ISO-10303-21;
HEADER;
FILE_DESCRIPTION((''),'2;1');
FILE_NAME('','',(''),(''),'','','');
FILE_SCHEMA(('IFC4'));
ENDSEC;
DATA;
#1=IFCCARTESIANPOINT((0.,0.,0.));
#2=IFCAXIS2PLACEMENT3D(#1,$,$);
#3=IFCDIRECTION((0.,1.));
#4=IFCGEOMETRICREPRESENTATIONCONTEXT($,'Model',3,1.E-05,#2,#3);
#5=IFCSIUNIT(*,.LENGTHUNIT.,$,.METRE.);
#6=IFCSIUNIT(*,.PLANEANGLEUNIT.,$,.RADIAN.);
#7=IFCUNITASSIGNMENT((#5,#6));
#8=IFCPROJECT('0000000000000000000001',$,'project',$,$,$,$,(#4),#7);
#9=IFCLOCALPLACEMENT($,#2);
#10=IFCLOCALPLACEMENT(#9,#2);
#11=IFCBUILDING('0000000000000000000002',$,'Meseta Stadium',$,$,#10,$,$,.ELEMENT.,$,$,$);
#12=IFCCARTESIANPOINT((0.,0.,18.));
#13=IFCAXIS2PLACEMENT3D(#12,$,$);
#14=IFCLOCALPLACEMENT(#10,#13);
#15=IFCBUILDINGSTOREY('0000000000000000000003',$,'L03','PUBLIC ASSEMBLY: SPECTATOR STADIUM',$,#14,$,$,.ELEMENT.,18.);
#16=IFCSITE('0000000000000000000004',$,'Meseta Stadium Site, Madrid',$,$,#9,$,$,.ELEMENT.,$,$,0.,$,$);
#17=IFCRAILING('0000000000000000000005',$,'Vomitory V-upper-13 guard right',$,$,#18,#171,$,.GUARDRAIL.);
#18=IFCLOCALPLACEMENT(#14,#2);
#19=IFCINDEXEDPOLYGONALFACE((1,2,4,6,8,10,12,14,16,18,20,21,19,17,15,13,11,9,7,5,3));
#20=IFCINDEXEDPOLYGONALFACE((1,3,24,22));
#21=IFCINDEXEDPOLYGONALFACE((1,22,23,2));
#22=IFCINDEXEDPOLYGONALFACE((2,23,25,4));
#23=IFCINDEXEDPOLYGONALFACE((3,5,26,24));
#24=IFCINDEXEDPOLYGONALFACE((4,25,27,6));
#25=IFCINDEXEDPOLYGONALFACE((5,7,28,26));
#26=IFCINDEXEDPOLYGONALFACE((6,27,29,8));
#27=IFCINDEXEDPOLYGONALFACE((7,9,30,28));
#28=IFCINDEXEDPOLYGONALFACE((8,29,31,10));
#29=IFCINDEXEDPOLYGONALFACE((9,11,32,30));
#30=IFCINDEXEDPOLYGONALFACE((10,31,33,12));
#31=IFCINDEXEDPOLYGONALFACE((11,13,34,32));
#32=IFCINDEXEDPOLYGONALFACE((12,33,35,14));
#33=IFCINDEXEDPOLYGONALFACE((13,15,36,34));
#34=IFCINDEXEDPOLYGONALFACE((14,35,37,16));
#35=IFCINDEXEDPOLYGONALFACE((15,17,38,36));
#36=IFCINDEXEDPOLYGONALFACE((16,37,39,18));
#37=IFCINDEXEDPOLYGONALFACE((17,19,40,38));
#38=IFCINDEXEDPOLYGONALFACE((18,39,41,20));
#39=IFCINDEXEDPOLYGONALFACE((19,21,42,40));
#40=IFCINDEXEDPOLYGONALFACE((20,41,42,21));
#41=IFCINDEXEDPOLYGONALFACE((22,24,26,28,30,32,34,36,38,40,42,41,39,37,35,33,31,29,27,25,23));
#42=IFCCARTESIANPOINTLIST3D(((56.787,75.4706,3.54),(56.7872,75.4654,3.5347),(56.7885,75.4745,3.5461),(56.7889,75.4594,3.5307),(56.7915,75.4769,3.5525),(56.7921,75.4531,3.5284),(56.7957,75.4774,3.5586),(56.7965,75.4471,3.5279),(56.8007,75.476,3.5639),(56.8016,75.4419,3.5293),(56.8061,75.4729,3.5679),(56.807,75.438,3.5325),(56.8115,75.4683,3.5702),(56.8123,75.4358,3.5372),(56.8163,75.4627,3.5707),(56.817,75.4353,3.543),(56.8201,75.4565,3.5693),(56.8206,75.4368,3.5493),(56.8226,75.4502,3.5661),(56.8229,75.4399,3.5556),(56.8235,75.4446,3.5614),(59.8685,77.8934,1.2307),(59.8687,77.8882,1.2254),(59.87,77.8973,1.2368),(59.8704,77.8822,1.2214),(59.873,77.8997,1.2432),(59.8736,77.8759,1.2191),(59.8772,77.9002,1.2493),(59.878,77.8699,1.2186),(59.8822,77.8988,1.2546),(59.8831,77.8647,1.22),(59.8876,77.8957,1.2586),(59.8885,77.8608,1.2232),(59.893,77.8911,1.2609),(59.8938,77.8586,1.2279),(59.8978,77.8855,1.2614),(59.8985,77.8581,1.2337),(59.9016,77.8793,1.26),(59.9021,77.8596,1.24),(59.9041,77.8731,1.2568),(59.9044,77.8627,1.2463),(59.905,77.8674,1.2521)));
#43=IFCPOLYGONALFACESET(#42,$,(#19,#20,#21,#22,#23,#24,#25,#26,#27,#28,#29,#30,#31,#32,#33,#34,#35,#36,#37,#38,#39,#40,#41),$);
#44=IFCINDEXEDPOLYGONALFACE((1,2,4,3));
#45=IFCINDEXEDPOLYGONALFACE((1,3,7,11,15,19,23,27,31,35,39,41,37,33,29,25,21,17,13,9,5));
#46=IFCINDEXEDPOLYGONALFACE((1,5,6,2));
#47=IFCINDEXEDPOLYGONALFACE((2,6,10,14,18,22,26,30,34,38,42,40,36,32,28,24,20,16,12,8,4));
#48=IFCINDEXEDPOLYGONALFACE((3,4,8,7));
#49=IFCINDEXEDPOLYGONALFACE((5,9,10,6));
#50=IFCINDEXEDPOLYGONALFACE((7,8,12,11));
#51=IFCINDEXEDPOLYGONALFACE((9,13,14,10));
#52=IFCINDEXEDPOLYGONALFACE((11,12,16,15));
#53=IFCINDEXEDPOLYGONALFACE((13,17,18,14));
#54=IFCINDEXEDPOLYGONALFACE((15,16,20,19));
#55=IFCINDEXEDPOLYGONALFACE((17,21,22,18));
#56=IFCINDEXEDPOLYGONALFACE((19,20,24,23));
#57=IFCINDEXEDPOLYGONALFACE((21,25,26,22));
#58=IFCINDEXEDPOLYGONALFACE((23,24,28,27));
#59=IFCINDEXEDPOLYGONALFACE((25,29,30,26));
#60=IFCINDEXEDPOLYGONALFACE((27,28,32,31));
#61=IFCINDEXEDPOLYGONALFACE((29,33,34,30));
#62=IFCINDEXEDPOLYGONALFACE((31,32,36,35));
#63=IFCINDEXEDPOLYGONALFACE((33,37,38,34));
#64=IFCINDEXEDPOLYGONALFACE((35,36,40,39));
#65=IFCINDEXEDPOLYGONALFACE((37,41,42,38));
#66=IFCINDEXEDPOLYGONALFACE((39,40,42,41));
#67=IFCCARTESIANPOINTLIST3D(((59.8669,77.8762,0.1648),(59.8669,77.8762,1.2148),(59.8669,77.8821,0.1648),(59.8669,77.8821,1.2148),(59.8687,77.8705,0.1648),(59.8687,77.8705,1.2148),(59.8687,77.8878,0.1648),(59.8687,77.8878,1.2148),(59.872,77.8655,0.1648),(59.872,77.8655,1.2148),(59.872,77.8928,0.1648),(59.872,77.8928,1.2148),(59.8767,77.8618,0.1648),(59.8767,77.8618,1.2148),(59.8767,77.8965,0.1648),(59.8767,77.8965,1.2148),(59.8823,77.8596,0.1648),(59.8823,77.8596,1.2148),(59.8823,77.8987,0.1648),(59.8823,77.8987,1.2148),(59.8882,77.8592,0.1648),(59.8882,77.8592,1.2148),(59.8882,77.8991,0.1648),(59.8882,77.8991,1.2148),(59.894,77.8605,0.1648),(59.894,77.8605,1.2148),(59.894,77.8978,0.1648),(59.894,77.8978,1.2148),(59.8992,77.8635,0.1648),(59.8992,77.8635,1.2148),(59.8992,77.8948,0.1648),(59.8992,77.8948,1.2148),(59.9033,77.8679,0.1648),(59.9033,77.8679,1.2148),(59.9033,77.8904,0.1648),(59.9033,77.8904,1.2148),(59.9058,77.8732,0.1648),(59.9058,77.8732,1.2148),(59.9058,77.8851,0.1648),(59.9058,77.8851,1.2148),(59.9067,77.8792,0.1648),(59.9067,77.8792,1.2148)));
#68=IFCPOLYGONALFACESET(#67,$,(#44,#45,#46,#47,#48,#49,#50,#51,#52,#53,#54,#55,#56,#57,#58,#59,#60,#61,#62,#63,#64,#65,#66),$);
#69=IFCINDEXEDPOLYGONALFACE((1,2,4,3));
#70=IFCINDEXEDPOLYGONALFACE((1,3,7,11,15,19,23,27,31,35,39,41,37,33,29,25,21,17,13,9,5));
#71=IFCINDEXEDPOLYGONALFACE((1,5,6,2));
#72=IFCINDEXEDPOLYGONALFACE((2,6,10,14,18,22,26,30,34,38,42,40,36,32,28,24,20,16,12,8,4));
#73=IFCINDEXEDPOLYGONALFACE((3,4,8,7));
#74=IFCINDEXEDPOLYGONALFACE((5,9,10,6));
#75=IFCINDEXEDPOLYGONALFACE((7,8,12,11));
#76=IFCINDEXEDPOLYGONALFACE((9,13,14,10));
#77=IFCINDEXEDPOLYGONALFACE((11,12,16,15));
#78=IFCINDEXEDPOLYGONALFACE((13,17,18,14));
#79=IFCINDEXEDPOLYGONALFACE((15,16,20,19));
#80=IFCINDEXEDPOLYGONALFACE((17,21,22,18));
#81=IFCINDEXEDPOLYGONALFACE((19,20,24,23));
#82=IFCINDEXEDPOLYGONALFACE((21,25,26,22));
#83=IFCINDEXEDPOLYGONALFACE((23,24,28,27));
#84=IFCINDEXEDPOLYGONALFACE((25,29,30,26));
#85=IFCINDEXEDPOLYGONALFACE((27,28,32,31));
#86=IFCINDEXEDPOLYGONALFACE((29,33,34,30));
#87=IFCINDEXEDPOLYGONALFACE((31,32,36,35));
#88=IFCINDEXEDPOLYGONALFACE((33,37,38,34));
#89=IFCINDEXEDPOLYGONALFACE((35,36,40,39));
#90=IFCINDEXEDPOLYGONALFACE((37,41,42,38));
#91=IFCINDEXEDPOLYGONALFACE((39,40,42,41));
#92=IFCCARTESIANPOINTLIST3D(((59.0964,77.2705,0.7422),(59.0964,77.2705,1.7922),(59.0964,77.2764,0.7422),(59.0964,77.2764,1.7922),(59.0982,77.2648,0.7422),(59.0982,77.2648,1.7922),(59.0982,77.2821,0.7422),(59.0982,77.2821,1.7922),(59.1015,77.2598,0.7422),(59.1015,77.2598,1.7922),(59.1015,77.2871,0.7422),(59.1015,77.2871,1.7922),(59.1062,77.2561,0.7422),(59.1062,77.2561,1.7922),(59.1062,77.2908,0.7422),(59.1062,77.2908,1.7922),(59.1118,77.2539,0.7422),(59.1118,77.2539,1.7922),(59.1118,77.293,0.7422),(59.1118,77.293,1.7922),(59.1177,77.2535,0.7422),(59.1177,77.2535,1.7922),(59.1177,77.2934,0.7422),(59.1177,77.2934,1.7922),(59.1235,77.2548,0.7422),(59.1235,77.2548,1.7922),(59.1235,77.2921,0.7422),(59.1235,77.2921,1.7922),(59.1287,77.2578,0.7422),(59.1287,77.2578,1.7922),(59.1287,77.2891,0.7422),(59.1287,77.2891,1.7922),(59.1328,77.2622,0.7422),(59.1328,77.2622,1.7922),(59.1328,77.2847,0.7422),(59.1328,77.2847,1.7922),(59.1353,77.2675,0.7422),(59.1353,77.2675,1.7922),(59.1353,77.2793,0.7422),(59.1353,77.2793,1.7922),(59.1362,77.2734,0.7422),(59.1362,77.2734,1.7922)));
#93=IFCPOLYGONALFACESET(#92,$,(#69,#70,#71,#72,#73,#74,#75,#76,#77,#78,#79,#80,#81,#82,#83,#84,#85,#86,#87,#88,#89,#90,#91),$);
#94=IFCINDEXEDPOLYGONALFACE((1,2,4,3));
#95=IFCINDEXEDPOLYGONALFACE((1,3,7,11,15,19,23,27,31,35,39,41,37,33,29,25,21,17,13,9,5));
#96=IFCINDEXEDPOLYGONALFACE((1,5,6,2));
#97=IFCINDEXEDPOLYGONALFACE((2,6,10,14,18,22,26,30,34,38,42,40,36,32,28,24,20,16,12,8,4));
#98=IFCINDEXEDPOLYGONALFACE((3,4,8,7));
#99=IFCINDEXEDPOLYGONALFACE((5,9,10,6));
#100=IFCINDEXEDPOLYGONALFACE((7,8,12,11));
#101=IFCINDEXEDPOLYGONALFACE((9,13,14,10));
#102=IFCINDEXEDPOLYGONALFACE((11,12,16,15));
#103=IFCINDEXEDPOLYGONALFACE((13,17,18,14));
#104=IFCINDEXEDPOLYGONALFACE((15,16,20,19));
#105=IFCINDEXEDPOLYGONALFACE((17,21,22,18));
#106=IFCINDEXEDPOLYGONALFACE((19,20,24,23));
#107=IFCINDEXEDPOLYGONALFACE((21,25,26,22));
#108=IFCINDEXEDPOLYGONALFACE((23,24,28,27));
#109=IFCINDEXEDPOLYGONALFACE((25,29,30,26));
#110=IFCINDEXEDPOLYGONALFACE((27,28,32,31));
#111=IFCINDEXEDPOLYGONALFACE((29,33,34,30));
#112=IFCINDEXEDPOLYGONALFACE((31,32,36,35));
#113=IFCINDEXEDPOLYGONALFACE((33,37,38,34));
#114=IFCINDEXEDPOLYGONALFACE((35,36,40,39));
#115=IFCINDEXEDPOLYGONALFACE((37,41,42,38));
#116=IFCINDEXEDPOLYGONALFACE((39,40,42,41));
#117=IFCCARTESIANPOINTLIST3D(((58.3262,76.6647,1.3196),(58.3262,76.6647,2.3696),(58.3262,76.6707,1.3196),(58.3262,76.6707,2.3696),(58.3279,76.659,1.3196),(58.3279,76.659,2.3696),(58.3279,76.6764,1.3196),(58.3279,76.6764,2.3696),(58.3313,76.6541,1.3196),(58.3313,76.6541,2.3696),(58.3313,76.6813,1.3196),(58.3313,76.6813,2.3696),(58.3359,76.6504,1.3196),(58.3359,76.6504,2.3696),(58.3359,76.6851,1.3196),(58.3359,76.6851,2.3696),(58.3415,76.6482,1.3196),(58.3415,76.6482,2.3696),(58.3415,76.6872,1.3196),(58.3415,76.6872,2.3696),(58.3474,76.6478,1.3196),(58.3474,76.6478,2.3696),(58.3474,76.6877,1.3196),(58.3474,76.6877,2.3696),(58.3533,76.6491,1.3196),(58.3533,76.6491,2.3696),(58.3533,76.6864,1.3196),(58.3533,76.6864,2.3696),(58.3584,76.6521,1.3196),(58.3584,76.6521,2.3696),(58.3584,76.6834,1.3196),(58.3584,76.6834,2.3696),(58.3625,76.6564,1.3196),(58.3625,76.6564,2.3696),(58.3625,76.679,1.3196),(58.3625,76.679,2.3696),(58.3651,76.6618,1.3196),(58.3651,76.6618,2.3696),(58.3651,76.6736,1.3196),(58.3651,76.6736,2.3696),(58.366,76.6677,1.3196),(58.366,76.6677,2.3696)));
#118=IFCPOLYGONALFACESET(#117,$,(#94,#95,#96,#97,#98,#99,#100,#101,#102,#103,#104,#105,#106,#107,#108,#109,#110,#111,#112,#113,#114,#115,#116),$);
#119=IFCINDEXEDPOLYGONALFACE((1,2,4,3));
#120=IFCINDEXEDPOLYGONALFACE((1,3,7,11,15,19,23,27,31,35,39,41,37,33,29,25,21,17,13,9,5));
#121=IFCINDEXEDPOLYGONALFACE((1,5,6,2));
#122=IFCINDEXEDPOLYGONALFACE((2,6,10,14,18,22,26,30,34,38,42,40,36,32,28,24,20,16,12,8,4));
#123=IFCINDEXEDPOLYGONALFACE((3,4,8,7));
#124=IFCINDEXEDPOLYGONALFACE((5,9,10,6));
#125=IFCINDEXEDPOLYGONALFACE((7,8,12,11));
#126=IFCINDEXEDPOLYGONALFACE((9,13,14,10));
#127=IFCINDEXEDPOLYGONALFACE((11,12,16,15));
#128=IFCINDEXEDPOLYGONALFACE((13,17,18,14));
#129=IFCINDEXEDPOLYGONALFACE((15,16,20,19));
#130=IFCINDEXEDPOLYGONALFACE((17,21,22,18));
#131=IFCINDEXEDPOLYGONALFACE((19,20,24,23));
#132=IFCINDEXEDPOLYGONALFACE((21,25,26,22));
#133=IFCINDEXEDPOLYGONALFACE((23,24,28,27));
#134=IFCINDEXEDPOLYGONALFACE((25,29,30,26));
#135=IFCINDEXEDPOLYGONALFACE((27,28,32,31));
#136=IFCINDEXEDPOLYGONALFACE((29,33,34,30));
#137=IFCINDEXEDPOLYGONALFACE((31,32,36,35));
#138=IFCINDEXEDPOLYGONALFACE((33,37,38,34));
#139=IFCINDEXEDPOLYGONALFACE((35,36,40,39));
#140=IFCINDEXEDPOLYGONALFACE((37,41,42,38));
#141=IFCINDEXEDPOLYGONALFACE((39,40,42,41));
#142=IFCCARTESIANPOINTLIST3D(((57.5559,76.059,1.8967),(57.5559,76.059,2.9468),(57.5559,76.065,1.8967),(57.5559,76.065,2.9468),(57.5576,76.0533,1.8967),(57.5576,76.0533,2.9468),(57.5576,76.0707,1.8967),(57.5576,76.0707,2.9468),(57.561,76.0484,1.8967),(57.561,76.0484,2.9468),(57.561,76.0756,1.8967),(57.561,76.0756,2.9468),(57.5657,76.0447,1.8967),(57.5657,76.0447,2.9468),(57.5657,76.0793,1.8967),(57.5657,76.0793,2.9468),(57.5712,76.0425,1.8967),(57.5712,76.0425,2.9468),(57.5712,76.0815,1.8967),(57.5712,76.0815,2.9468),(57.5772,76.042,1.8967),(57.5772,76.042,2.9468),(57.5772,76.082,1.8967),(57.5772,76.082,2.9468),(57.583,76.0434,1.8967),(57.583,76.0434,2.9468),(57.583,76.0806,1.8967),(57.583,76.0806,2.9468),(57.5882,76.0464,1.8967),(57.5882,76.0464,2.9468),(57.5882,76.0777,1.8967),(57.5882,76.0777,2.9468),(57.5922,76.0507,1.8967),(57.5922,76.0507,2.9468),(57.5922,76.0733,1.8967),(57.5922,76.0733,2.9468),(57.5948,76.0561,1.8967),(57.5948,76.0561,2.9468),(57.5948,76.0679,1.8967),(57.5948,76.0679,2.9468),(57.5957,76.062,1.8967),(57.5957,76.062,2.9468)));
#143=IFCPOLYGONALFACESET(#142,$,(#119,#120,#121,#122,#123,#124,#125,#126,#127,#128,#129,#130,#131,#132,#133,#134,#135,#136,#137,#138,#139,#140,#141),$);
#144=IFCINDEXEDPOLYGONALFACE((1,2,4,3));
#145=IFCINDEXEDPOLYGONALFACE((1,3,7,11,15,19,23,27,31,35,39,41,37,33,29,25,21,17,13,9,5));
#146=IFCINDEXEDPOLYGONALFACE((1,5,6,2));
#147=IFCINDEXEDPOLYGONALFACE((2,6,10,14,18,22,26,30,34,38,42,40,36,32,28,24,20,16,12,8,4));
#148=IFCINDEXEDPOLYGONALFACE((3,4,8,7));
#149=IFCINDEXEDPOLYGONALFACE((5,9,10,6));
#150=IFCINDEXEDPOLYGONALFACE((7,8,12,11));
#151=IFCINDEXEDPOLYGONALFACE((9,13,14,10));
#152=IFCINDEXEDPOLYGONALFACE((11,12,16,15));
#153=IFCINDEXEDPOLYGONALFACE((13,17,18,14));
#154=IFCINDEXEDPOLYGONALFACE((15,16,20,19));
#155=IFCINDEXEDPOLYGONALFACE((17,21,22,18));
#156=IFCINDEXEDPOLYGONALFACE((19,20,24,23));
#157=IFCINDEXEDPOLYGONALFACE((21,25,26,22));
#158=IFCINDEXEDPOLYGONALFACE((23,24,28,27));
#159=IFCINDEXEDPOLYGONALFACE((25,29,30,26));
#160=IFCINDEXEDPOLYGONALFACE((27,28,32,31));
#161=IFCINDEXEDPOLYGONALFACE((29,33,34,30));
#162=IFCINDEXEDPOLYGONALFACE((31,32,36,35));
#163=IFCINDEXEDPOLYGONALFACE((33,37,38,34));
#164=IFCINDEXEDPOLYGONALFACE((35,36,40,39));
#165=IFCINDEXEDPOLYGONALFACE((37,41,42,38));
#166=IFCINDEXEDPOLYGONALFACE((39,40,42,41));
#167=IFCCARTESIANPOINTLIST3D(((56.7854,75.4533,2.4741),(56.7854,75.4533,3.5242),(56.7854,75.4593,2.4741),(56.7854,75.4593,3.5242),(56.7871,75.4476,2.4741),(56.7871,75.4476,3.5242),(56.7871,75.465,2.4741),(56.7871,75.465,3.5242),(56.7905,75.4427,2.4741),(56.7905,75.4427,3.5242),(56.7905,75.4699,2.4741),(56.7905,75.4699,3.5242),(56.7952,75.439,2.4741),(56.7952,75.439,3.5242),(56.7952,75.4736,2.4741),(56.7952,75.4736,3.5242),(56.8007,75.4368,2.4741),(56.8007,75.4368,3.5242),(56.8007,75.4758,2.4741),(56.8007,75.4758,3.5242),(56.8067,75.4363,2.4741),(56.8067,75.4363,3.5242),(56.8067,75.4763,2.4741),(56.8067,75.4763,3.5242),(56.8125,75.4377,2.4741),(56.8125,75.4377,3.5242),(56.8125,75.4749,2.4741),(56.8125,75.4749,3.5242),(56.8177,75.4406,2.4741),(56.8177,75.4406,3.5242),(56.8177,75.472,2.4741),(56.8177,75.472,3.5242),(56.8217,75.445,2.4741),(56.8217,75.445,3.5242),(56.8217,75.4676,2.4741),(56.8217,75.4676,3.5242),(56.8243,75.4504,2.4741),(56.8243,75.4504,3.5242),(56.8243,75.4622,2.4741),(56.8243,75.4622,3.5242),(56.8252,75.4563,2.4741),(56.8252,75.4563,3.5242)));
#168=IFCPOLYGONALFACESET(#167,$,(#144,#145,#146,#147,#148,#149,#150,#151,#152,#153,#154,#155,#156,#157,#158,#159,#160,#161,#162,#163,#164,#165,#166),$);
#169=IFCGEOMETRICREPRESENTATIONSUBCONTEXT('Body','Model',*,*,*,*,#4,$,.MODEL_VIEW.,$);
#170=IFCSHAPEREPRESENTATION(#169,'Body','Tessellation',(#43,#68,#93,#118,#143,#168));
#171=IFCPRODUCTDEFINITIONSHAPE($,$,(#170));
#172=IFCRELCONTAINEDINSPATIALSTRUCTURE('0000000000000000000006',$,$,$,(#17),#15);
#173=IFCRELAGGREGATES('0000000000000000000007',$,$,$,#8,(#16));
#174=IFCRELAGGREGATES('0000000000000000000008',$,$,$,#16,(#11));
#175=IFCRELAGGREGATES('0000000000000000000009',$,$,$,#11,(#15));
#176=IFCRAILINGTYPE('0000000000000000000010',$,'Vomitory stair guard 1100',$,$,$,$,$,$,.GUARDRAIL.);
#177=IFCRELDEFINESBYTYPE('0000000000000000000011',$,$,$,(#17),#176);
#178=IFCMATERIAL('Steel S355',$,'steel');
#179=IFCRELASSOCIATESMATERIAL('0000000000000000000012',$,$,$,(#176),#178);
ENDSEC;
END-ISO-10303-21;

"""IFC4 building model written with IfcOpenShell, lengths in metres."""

from ifc_helpers import new_model, si_unit, direction, frame, origin, origin_2d, place, context, subcontext, project, spatial, circle, extrude, material, type_object, element, save


model = new_model("IFC4")

# Units and contexts
model_context = context("Model", 3, precision=1e-05, world=origin(), true_north=direction((0.0, 1.0)))
body_context = subcontext(model_context, "Body", "Model", "MODEL_VIEW")
ifc_project = project(units=[si_unit("LENGTHUNIT", "METRE"), si_unit("PLANEANGLEUNIT", "RADIAN")], contexts=[model_context])

# Site, building, storey
site_placement = place(None, origin())
site = spatial("IfcSite", under=ifc_project, at=site_placement, Name="Meseta Stadium Site, Madrid", CompositionType="ELEMENT", RefElevation=0.0)
building_placement = place(site_placement, origin())
building = spatial("IfcBuilding", under=site, at=building_placement, Name="Meseta Stadium", CompositionType="ELEMENT")
storey_placement = place(building_placement, frame((0.0, 0.0, 18.0)))
storey = spatial("IfcBuildingStorey", under=building, at=storey_placement, Name="L03", Description="PUBLIC ASSEMBLY: SPECTATOR STADIUM", CompositionType="ELEMENT", Elevation=18.0)

# Railing
ifc_material_1 = material(Name="Steel S355", Category="steel")
railing_type_1 = type_object("IfcRailingType", Name="Vomitory stair guard 1100", PredefinedType="GUARDRAIL", material=ifc_material_1)
railing_1_placement = place(storey_placement, frame((59.8867, 77.8792, 0.1648)))
element("IfcRailing", 1, at=railing_1_placement, inside=storey, type_object=railing_type_1, Name="Vomitory V-upper-13 guard right", PredefinedType="GUARDRAIL", context=body_context, shape_type="SweptSolid", body=[
    extrude(circle(Radius=0.0249, at=origin_2d()), frame((0.0, 0.0, 1.0752), z_axis=(-0.677318, -0.532539, 0.507586), x_axis=(0.61808, -0.786115, 0.0)), (0.0, 0.0, 1.0), 4.5496),
    extrude(circle(Radius=0.02, at=origin_2d()), origin(), (0.0, 0.0, 1.0), 1.05),
    extrude(circle(Radius=0.02, at=origin_2d()), frame((-0.7705, -0.6057, 0.5774)), (0.0, 0.0, 1.0), 1.05),
    extrude(circle(Radius=0.02, at=origin_2d()), frame((-1.5408, -1.2114, 1.1548)), (0.0, 0.0, 1.0), 1.05),
    extrude(circle(Radius=0.02, at=origin_2d()), frame((-2.311, -1.8171, 1.7319)), (0.0, 0.0, 1.0), 1.05),
    extrude(circle(Radius=0.02, at=origin_2d()), frame((-3.0815, -2.4229, 2.3093)), (0.0, 0.0, 1.0), 1.05),
])

save(model, "model.ifc")
